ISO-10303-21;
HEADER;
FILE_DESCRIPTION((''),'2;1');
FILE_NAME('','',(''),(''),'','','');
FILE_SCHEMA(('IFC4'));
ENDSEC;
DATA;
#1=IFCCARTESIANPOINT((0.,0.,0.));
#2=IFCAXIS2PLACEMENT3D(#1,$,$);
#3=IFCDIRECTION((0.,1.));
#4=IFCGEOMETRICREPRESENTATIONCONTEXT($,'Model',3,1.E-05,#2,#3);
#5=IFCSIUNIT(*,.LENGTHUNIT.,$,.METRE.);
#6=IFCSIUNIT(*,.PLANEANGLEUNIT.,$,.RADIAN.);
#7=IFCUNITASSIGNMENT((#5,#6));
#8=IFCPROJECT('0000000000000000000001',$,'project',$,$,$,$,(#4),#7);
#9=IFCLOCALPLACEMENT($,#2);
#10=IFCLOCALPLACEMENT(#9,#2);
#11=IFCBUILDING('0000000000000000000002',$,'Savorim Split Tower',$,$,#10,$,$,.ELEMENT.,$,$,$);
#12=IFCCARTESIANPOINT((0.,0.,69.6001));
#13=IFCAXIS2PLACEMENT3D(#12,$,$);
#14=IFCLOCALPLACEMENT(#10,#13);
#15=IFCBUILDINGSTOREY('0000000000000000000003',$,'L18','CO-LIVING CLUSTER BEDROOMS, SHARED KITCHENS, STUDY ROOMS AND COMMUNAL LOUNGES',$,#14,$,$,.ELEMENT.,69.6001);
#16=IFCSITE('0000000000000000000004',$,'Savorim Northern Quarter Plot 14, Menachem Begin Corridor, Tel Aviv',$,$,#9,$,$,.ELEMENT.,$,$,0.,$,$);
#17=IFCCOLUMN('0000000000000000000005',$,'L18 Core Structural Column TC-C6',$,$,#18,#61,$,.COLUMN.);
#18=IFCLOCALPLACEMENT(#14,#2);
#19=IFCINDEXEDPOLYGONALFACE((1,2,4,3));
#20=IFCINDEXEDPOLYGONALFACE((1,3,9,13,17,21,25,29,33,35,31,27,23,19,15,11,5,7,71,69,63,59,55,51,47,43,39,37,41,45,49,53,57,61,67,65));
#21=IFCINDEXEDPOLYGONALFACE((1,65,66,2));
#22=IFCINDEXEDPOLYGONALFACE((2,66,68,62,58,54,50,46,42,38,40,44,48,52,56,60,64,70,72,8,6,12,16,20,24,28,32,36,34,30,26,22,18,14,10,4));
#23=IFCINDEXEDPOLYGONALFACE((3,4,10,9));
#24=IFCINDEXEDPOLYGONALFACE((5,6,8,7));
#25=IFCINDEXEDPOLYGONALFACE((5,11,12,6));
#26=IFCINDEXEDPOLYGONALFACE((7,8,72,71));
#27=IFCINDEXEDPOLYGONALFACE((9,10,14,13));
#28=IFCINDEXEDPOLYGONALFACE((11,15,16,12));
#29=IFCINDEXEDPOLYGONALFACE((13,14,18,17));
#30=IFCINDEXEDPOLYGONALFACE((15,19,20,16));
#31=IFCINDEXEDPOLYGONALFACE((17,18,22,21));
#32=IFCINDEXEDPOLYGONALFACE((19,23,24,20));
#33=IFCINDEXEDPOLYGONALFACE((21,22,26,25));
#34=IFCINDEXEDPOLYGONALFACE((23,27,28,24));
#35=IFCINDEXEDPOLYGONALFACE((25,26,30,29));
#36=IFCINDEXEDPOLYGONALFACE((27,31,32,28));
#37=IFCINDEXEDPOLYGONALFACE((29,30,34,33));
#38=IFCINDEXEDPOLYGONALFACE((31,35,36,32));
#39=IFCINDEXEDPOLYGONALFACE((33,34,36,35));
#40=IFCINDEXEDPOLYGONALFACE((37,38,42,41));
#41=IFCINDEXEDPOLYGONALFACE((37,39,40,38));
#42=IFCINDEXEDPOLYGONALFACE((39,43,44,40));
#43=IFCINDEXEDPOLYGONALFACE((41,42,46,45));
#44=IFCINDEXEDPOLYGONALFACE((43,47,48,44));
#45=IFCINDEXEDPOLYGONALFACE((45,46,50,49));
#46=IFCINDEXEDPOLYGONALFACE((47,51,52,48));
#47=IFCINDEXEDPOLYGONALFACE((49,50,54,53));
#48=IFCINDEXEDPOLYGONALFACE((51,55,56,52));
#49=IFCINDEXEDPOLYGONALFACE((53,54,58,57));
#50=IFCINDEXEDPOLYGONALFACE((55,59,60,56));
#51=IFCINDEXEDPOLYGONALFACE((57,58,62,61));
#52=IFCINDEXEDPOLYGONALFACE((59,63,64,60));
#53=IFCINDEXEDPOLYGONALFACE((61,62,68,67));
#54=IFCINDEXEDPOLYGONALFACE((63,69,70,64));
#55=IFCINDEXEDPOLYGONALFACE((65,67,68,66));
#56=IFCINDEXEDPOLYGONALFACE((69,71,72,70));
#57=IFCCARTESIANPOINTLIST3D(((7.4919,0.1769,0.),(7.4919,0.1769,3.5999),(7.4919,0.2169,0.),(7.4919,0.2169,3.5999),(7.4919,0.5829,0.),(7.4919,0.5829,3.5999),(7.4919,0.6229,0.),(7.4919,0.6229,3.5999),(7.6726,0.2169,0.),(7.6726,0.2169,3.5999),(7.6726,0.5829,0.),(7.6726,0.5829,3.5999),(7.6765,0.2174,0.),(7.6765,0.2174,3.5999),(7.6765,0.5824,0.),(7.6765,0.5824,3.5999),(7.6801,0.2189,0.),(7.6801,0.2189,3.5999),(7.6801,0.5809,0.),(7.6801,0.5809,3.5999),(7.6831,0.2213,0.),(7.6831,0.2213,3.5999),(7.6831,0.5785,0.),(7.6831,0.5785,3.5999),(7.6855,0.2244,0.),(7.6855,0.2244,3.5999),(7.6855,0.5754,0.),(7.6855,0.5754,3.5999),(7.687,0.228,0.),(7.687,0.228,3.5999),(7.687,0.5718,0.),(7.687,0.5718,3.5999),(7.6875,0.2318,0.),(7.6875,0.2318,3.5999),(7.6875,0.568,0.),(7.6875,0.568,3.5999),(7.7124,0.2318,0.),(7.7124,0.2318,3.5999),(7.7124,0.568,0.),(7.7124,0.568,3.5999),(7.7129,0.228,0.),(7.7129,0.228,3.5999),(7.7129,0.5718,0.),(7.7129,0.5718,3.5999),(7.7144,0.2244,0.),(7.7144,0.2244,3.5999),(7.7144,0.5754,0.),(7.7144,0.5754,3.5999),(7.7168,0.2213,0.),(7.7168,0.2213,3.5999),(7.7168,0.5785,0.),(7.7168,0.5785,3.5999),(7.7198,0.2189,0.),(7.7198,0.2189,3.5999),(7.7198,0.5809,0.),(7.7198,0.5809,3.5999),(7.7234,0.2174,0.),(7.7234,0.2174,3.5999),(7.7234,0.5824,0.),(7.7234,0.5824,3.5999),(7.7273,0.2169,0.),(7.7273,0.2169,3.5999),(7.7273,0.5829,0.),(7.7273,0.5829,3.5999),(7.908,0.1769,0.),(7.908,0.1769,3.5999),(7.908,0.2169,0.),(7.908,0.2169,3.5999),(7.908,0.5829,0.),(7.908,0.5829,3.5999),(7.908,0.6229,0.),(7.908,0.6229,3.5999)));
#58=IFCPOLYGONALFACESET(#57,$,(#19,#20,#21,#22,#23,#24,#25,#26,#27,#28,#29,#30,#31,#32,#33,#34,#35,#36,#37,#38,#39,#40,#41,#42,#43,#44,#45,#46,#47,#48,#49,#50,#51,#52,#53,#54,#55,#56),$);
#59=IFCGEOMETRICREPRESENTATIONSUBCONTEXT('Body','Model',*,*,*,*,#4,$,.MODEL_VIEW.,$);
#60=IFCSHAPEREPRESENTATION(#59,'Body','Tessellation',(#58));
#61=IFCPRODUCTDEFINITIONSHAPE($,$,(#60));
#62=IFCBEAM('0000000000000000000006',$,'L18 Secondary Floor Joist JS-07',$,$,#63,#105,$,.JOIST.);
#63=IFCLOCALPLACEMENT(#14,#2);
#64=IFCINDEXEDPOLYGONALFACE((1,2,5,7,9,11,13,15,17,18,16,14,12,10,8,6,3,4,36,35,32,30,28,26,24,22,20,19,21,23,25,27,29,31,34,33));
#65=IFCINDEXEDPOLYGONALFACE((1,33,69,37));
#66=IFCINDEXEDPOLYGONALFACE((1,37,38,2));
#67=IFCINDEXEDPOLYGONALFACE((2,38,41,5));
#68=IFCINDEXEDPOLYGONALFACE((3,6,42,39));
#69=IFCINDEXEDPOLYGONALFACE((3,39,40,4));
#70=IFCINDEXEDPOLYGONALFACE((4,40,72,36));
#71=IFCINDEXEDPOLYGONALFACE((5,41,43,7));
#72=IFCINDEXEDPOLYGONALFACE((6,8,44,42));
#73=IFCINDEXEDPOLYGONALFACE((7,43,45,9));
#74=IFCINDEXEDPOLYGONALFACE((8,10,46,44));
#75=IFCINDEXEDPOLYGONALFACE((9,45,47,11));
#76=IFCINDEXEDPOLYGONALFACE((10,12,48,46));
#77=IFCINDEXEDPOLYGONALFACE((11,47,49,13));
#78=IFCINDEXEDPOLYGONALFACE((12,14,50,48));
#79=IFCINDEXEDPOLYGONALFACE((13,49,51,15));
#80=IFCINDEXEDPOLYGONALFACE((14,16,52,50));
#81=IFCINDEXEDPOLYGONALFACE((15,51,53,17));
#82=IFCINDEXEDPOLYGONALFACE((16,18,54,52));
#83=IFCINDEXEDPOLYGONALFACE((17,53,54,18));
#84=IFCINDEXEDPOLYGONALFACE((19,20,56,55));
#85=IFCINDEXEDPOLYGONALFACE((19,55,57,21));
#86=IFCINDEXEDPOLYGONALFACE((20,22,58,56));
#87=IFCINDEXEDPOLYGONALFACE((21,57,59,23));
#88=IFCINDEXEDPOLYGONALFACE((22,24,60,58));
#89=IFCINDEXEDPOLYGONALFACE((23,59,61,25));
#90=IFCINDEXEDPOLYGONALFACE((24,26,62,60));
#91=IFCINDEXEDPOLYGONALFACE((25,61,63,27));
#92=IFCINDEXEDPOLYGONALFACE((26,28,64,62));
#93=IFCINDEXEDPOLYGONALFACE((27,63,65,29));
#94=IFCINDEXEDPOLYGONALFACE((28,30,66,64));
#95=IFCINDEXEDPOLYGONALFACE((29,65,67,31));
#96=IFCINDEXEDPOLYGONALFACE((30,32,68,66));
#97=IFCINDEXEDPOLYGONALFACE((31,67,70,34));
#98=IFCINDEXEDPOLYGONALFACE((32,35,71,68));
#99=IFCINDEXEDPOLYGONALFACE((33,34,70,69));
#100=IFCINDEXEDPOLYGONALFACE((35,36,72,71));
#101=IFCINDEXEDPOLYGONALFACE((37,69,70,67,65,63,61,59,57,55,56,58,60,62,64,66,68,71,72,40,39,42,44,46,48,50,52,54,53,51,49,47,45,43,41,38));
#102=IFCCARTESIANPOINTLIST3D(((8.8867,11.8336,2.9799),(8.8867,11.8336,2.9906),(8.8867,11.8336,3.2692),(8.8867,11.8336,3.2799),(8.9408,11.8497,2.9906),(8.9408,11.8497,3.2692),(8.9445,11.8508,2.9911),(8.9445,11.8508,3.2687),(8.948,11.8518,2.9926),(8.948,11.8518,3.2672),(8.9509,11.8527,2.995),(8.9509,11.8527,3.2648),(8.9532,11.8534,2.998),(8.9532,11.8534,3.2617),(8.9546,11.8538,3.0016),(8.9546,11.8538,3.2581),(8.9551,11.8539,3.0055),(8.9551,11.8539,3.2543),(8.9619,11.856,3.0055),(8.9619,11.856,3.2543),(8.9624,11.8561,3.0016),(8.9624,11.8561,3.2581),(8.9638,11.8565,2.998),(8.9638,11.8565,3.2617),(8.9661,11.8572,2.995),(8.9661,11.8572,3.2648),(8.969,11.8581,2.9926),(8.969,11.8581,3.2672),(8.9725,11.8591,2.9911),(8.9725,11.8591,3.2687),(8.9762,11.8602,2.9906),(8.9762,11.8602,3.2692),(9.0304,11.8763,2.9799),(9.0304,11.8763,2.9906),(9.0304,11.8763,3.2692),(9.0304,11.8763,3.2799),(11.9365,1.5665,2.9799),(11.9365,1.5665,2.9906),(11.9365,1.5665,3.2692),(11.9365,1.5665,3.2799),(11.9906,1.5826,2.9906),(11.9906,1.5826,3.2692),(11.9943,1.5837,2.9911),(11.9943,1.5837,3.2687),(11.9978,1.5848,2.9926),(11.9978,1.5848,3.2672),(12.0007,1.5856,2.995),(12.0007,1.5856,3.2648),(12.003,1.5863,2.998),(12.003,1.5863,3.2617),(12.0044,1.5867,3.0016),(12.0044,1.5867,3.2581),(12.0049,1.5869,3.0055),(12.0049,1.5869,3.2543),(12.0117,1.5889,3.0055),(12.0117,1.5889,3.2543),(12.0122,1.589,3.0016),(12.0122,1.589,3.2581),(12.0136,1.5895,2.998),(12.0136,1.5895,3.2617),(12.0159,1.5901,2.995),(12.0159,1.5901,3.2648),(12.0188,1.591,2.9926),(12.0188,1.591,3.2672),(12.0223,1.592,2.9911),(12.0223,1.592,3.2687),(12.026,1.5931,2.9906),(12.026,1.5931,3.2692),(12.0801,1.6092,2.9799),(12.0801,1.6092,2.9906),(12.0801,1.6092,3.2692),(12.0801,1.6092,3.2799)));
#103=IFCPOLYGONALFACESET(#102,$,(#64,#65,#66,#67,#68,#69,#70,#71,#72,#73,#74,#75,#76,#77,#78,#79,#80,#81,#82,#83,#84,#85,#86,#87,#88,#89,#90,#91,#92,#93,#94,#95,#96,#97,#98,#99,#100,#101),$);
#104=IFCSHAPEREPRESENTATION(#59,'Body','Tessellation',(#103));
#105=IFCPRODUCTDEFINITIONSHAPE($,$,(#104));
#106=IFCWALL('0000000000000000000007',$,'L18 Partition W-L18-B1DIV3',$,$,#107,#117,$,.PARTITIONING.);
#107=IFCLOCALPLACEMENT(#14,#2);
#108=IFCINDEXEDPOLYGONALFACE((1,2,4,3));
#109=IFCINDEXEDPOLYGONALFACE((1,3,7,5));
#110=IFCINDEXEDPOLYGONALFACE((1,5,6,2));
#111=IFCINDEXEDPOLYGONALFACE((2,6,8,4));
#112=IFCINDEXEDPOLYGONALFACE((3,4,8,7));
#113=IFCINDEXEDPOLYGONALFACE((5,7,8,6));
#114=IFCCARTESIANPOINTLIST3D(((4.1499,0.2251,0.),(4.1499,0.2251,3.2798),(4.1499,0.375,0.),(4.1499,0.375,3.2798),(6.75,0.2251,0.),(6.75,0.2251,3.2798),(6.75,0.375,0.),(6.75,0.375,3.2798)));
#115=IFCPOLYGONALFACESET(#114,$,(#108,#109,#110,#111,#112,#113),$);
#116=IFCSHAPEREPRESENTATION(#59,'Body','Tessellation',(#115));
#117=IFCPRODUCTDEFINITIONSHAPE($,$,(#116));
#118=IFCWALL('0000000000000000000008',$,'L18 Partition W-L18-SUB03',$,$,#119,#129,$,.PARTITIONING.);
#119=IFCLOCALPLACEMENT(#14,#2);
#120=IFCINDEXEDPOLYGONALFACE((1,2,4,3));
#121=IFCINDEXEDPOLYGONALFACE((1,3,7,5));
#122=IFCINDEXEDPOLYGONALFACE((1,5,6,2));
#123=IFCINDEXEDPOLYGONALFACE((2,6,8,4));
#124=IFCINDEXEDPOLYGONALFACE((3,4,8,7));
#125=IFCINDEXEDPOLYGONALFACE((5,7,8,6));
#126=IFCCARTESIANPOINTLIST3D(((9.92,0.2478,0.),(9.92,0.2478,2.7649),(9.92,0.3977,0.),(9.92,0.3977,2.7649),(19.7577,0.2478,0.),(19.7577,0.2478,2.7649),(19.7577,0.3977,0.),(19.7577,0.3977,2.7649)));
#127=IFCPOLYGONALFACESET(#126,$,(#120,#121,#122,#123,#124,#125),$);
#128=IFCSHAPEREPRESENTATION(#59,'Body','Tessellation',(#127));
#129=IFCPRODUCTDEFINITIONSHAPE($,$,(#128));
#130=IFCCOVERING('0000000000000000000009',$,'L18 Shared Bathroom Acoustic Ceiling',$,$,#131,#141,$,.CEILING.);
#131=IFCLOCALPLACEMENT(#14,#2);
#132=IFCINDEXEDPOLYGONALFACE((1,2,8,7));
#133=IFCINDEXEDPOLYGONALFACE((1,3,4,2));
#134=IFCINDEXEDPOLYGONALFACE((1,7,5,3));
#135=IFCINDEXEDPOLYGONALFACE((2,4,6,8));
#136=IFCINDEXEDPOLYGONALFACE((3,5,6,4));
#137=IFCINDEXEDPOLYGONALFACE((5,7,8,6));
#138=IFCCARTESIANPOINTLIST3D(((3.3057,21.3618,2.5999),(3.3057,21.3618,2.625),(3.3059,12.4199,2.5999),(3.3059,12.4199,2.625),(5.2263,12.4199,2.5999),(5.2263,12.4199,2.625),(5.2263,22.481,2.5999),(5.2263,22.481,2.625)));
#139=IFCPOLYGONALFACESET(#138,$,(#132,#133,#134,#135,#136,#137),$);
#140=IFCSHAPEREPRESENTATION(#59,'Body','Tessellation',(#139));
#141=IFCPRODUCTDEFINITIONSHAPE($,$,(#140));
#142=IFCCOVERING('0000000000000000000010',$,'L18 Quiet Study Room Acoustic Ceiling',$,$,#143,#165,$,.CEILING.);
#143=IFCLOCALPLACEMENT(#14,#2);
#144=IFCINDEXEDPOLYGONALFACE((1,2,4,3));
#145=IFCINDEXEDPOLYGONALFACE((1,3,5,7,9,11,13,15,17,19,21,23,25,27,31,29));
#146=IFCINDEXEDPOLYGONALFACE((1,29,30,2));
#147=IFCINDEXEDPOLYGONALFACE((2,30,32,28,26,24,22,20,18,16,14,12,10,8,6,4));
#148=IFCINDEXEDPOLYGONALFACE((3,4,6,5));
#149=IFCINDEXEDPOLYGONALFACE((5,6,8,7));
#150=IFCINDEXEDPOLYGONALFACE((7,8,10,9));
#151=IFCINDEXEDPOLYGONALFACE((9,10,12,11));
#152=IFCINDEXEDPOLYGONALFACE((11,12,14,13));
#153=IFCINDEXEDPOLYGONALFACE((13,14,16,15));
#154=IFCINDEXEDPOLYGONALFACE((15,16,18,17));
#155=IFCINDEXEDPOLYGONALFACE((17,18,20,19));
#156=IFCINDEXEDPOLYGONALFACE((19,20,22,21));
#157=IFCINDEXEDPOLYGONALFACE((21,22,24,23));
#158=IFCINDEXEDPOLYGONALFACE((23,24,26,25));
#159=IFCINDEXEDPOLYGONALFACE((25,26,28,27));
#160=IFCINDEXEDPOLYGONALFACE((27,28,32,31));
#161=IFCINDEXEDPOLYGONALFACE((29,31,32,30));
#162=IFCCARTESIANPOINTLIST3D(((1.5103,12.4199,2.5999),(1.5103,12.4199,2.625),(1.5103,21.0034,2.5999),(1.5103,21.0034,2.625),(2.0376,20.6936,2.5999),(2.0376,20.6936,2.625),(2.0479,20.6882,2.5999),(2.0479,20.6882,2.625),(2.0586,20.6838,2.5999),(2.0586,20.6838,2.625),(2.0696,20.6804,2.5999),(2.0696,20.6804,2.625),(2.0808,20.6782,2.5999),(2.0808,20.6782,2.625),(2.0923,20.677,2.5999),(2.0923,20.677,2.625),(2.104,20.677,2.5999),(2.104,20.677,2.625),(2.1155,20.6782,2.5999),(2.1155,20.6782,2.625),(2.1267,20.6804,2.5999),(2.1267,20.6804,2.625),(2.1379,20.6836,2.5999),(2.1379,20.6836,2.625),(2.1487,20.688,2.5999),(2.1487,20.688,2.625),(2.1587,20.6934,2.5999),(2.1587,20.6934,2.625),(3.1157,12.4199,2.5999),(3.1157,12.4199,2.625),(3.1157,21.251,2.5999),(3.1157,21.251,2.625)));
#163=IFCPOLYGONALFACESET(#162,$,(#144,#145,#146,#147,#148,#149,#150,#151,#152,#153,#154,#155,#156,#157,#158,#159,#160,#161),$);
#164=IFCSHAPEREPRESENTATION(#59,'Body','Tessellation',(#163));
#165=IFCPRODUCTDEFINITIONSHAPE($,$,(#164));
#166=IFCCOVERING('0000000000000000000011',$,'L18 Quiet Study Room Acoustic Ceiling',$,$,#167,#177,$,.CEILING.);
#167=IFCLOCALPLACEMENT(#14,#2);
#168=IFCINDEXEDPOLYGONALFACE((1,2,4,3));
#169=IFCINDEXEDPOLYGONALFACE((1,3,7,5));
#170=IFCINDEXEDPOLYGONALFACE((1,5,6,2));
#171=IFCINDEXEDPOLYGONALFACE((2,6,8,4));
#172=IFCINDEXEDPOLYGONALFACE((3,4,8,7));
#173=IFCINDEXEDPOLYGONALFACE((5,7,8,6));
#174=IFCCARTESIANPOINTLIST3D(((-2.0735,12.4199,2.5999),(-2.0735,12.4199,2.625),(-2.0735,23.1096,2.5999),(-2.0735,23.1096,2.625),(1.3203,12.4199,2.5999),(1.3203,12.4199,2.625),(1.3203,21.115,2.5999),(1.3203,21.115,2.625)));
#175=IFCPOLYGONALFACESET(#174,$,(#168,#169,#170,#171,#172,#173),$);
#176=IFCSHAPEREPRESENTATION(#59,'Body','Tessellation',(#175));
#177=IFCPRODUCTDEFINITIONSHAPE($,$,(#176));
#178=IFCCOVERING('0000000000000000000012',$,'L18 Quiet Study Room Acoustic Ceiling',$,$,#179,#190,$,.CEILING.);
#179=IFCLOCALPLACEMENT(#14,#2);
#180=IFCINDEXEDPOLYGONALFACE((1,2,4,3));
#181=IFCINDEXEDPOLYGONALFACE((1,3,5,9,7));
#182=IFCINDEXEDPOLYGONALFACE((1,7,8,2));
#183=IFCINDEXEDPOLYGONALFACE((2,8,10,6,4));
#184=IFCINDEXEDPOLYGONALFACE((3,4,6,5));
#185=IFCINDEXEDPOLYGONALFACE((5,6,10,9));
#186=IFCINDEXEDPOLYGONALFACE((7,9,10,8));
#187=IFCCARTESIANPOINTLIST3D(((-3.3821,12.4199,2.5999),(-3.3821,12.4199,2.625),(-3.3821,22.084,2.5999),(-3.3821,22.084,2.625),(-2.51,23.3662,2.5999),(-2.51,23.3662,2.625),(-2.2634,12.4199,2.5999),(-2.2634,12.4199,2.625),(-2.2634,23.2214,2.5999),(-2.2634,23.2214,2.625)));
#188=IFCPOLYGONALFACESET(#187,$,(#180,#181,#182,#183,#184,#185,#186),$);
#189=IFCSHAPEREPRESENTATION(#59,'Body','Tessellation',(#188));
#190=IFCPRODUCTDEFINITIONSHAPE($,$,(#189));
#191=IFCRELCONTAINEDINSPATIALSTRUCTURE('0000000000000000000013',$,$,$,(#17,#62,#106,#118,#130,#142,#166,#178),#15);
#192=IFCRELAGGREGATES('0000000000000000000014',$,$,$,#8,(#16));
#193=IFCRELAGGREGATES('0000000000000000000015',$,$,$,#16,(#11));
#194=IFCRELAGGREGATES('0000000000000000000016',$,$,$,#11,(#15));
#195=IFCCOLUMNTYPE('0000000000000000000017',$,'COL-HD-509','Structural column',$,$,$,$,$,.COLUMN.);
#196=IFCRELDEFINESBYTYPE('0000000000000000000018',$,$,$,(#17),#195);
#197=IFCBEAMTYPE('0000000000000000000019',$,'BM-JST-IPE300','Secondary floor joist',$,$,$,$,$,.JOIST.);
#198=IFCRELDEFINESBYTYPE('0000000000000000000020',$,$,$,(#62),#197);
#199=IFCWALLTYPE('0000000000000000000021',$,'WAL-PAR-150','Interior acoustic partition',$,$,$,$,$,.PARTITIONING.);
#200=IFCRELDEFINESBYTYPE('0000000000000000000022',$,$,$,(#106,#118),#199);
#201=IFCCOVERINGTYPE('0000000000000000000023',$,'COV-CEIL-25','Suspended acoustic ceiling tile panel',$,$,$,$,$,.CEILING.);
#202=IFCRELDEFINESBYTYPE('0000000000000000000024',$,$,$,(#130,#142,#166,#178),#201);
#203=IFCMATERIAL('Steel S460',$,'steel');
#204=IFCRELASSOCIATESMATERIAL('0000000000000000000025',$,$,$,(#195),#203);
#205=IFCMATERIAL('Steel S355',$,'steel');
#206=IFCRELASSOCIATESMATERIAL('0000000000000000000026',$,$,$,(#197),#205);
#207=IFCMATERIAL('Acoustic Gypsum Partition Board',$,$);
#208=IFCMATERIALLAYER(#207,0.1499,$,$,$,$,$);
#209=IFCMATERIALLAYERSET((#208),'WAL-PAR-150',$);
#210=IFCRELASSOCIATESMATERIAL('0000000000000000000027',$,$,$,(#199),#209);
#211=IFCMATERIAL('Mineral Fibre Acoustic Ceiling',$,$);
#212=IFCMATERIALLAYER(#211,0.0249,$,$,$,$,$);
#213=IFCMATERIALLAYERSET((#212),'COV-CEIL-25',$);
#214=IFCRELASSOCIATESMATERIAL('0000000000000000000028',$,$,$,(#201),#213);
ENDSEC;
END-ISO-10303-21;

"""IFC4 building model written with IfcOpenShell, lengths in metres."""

from ifc_helpers import new_model, si_unit, direction, frame, frame_2d, origin, origin_2d, place, context, subcontext, project, spatial, polyline, rectangle, i_section, outline, extrude, material, layer, layer_set, material_profile, profile_set, type_object, element, save


model = new_model("IFC4")

# Units and contexts
model_context = context("Model", 3, precision=1e-05, world=origin(), true_north=direction((0.0, 1.0)))
body_context = subcontext(model_context, "Body", "Model", "MODEL_VIEW")
ifc_project = project(units=[si_unit("LENGTHUNIT", "METRE"), si_unit("PLANEANGLEUNIT", "RADIAN")], contexts=[model_context])

# Site, building, storey
site_placement = place(None, origin())
site = spatial("IfcSite", under=ifc_project, at=site_placement, Name="Savorim Northern Quarter Plot 14, Menachem Begin Corridor, Tel Aviv", CompositionType="ELEMENT", RefElevation=0.0)
building_placement = place(site_placement, origin())
building = spatial("IfcBuilding", under=site, at=building_placement, Name="Savorim Split Tower", CompositionType="ELEMENT")
storey_placement = place(building_placement, frame((0.0, 0.0, 69.6001)))
storey = spatial("IfcBuildingStorey", under=building, at=storey_placement, Name="L18", Description="CO-LIVING CLUSTER BEDROOMS, SHARED KITCHENS, STUDY ROOMS AND COMMUNAL LOUNGES", CompositionType="ELEMENT", Elevation=69.6001)

# Column
ifc_material_1 = material(Name="Steel S460", Category="steel")
ifc_material_profile_1 = material_profile(ifc_material_1, i_section(OverallWidth=0.416, OverallDepth=0.446, WebThickness=0.0249, FlangeThickness=0.04, FilletRadius=0.0149, at=origin_2d()), Name="HD 400x509")
ifc_profile_set_1 = profile_set([ifc_material_profile_1], Name="Steel S460")
column_type = type_object("IfcColumnType", Name="COL-HD-509", Description="Structural column", PredefinedType="COLUMN", material=ifc_profile_set_1)
column_placement = place(storey_placement, frame((7.7, 0.3999, 0.0), z_axis=(0.0, 0.0, 1.0), x_axis=(1.0, 0.0, 0.0)))
element("IfcColumn", 1, at=column_placement, inside=storey, type_object=column_type, Name="L18 Core Structural Column TC-C6", PredefinedType="COLUMN", context=body_context, shape_type="SweptSolid", body=[
    extrude(i_section(OverallWidth=0.416, OverallDepth=0.446, WebThickness=0.0249, FlangeThickness=0.04, FilletRadius=0.0149, at=origin_2d()), origin(), (0.0, 0.0, 1.0), 3.5999),
])

# Beam
ifc_material_2 = material(Name="Steel S355", Category="steel")
ifc_material_profile_2 = material_profile(ifc_material_2, i_section(OverallWidth=0.1499, OverallDepth=0.3, WebThickness=0.0071, FlangeThickness=0.0107, FilletRadius=0.0149, at=origin_2d()), Name="IPE 300")
ifc_profile_set_2 = profile_set([ifc_material_profile_2], Name="Steel S355")
beam_type = type_object("IfcBeamType", Name="BM-JST-IPE300", Description="Secondary floor joist", PredefinedType="JOIST", material=ifc_profile_set_2)
beam_placement = place(storey_placement, frame((12.0083, 1.5879, 3.1299), z_axis=(-0.28475, 0.958602, 0.0), x_axis=(-0.958602, -0.28475, 0.0)))
element("IfcBeam", 2, at=beam_placement, inside=storey, type_object=beam_type, Name="L18 Secondary Floor Joist JS-07", PredefinedType="JOIST", context=body_context, shape_type="SweptSolid", body=[
    extrude(i_section(OverallWidth=0.1499, OverallDepth=0.3, WebThickness=0.0071, FlangeThickness=0.0107, FilletRadius=0.0149, at=origin_2d()), origin(), (0.0, 0.0, 1.0), 10.7104),
])

# Walls
ifc_material_3 = material(Name="Acoustic Gypsum Partition Board")
ifc_layer_1 = layer(ifc_material_3, 0.1499)
ifc_layer_set_1 = layer_set([ifc_layer_1], Name="WAL-PAR-150")
wall_type = type_object("IfcWallType", Name="WAL-PAR-150", Description="Interior acoustic partition", PredefinedType="PARTITIONING", material=ifc_layer_set_1)
wall_1_placement = place(storey_placement, frame((4.1499, 0.3, 0.0), z_axis=(0.0, 0.0, 1.0), x_axis=(1.0, 0.0, 0.0)))
element("IfcWall", 3, at=wall_1_placement, inside=storey, type_object=wall_type, Name="L18 Partition W-L18-B1DIV3", PredefinedType="PARTITIONING", context=body_context, shape_type="SweptSolid", body=[
    extrude(rectangle(XDim=2.6001, YDim=0.1499, at=frame_2d((1.3, 0.0))), origin(), (0.0, 0.0, 1.0), 3.2798),
])
wall_2_placement = place(storey_placement, frame((9.9199, 0.3228, 0.0), z_axis=(0.0, 0.0, 1.0), x_axis=(1.0, 0.0, 0.0)))
element("IfcWall", 4, at=wall_2_placement, inside=storey, type_object=wall_type, Name="L18 Partition W-L18-SUB03", PredefinedType="PARTITIONING", context=body_context, shape_type="SweptSolid", body=[
    extrude(rectangle(XDim=9.8376, YDim=0.1499, at=frame_2d((4.9189, 0.0))), origin(), (0.0, 0.0, 1.0), 2.7649),
])

# Coverings
ifc_material_4 = material(Name="Mineral Fibre Acoustic Ceiling")
ifc_layer_2 = layer(ifc_material_4, 0.0249)
ifc_layer_set_2 = layer_set([ifc_layer_2], Name="COV-CEIL-25")
covering_type_1 = type_object("IfcCoveringType", Name="COV-CEIL-25", Description="Suspended acoustic ceiling tile panel", PredefinedType="CEILING", material=ifc_layer_set_2)
covering_1_placement = place(storey_placement, frame((0.0, 0.0, 2.5999)))
element("IfcCovering", 5, at=covering_1_placement, inside=storey, type_object=covering_type_1, Name="L18 Shared Bathroom Acoustic Ceiling", PredefinedType="CEILING", context=body_context, shape_type="SweptSolid", body=[
    extrude(outline(polyline([(3.3059, 12.4199), (5.2263, 12.4199), (5.2263, 22.481), (3.3057, 21.3618), (3.3059, 12.4199)])), origin(), (0.0, 0.0, 1.0), 0.0251),
])
covering_2_placement = place(storey_placement, frame((0.0, 0.0, 2.5999)))
element("IfcCovering", 6, at=covering_2_placement, inside=storey, type_object=covering_type_1, Name="L18 Quiet Study Room Acoustic Ceiling", PredefinedType="CEILING", context=body_context, shape_type="SweptSolid", body=[
    extrude(outline(polyline([(2.0586, 20.6838), (2.0479, 20.6882), (2.0376, 20.6936), (1.5103, 21.0034), (1.5103, 12.4199), (3.1157, 12.4199), (3.1157, 21.251), (2.1587, 20.6934), (2.1487, 20.688), (2.1379, 20.6836), (2.1267, 20.6804), (2.1155, 20.6782), (2.104, 20.677), (2.0923, 20.677), (2.0808, 20.6782), (2.0696, 20.6804), (2.0586, 20.6838)])), origin(), (0.0, 0.0, 1.0), 0.0251),
])
covering_3_placement = place(storey_placement, frame((0.0, 0.0, 2.5999)))
element("IfcCovering", 7, at=covering_3_placement, inside=storey, type_object=covering_type_1, Name="L18 Quiet Study Room Acoustic Ceiling", PredefinedType="CEILING", context=body_context, shape_type="SweptSolid", body=[
    extrude(outline(polyline([(-2.0735, 12.4199), (1.3203, 12.4199), (1.3203, 21.115), (-2.0735, 23.1096), (-2.0735, 12.4199)])), origin(), (0.0, 0.0, 1.0), 0.0251),
])
covering_4_placement = place(storey_placement, frame((0.0, 0.0, 2.5999)))
element("IfcCovering", 8, at=covering_4_placement, inside=storey, type_object=covering_type_1, Name="L18 Quiet Study Room Acoustic Ceiling", PredefinedType="CEILING", context=body_context, shape_type="SweptSolid", body=[
    extrude(outline(polyline([(-3.3821, 12.4199), (-2.2634, 12.4199), (-2.2634, 23.2214), (-2.51, 23.3662), (-3.3821, 22.084), (-3.3821, 12.4199)])), origin(), (0.0, 0.0, 1.0), 0.0251),
])

save(model, "model.ifc")
